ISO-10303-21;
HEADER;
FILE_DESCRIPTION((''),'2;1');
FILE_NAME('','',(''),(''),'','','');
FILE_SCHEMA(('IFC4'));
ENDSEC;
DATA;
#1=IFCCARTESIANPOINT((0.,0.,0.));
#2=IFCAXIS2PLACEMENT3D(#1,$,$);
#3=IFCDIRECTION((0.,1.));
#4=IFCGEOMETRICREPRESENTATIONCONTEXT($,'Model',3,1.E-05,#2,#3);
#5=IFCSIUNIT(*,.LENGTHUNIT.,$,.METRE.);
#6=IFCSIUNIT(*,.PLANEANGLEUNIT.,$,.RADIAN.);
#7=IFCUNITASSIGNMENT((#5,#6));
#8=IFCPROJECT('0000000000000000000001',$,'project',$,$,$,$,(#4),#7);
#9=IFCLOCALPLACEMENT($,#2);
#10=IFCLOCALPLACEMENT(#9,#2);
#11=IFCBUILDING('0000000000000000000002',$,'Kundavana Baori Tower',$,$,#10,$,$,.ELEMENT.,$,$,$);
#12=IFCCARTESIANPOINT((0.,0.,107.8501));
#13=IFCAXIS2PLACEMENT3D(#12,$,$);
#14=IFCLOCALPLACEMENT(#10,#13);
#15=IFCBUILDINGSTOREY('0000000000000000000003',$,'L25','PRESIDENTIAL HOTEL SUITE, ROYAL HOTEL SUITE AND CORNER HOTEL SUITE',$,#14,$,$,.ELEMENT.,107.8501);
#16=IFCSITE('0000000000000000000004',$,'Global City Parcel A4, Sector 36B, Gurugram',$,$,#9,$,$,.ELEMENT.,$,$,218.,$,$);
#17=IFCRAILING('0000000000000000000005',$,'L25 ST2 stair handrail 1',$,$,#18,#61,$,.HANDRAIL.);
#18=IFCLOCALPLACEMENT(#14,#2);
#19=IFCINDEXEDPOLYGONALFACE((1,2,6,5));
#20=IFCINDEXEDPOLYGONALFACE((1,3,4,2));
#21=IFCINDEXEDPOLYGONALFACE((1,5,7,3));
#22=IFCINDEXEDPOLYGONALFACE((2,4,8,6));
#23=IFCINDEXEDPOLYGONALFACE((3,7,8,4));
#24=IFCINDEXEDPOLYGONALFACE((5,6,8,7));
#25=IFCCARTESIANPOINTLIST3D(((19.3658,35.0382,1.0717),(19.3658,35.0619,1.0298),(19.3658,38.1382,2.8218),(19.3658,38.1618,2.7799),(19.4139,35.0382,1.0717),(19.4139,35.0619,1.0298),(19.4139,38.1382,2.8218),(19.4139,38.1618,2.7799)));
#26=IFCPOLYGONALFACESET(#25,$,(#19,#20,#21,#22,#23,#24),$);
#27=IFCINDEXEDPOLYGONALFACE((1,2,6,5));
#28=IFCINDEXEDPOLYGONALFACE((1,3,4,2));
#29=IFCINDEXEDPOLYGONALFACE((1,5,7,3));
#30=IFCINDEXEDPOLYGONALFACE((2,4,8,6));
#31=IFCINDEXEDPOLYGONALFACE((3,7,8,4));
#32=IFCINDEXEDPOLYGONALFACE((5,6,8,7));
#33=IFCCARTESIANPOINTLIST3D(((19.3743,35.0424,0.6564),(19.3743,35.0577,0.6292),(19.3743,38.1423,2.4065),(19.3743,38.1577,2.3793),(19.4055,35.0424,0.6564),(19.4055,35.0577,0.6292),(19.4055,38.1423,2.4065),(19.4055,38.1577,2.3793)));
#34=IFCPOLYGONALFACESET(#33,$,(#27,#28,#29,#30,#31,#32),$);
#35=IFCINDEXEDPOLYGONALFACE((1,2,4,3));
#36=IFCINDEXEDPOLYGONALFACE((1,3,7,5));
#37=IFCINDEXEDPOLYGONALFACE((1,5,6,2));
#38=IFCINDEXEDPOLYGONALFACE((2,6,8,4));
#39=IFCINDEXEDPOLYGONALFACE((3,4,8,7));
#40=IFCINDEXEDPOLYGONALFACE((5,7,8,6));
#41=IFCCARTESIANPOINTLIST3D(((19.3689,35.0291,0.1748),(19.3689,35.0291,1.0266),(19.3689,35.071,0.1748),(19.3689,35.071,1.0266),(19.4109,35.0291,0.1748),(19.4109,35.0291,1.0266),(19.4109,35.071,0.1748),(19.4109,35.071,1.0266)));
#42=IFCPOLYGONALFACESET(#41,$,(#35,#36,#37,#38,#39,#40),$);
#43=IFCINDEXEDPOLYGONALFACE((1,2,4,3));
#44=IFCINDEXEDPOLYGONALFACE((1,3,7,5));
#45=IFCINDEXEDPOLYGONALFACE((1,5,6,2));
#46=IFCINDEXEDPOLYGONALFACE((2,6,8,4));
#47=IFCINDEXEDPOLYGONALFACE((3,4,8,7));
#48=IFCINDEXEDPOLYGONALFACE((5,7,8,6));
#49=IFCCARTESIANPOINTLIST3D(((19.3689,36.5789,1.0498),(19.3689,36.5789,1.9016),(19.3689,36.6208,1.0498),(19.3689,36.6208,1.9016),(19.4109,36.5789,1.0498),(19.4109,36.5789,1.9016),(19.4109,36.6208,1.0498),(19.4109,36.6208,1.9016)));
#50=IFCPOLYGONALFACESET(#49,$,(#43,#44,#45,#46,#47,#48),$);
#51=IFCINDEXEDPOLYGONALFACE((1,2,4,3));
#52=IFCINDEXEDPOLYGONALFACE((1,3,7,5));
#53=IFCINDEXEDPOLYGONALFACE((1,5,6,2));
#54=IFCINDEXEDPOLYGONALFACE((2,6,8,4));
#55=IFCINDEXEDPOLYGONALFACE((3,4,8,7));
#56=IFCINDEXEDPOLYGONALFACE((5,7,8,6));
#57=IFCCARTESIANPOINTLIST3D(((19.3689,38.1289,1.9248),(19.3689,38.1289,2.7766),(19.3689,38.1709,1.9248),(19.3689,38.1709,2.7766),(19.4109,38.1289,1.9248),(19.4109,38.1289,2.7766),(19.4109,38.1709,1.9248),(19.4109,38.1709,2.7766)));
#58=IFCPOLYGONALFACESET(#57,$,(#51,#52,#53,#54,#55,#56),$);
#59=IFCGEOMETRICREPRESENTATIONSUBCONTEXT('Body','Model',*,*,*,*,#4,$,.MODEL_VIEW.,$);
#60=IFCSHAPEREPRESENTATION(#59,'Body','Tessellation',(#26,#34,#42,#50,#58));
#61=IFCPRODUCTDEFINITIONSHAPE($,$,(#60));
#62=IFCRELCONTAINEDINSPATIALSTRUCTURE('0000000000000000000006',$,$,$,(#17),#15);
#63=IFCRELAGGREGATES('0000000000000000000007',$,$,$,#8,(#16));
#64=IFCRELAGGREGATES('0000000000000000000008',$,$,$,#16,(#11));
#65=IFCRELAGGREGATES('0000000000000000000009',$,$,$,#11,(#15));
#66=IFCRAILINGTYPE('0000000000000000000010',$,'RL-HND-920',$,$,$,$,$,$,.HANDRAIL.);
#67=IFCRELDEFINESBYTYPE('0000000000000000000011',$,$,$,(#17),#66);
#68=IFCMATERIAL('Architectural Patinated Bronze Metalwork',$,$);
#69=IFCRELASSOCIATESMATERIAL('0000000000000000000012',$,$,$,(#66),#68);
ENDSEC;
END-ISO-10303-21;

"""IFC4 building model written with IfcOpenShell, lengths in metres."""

from ifc_helpers import new_model, si_unit, direction, frame, origin, origin_2d, place, context, subcontext, project, spatial, rectangle, extrude, material, type_object, element, save


model = new_model("IFC4")

# Units and contexts
model_context = context("Model", 3, precision=1e-05, world=origin(), true_north=direction((0.0, 1.0)))
body_context = subcontext(model_context, "Body", "Model", "MODEL_VIEW")
ifc_project = project(units=[si_unit("LENGTHUNIT", "METRE"), si_unit("PLANEANGLEUNIT", "RADIAN")], contexts=[model_context])

# Site, building, storey
site_placement = place(None, origin())
site = spatial("IfcSite", under=ifc_project, at=site_placement, Name="Global City Parcel A4, Sector 36B, Gurugram", CompositionType="ELEMENT", RefElevation=218.0)
building_placement = place(site_placement, origin())
building = spatial("IfcBuilding", under=site, at=building_placement, Name="Kundavana Baori Tower", CompositionType="ELEMENT")
storey_placement = place(building_placement, frame((0.0, 0.0, 107.8501)))
storey = spatial("IfcBuildingStorey", under=building, at=storey_placement, Name="L25", Description="PRESIDENTIAL HOTEL SUITE, ROYAL HOTEL SUITE AND CORNER HOTEL SUITE", CompositionType="ELEMENT", Elevation=107.8501)

# Railing
ifc_material_1 = material(Name="Architectural Patinated Bronze Metalwork")
railing_type_1 = type_object("IfcRailingType", Name="RL-HND-920", PredefinedType="HANDRAIL", material=ifc_material_1)
railing_1_placement = place(storey_placement, frame((19.3899, 35.05, 0.1748)))
element("IfcRailing", 1, at=railing_1_placement, inside=storey, type_object=railing_type_1, Name="L25 ST2 stair handrail 1", PredefinedType="HANDRAIL", context=body_context, shape_type="SweptSolid", body=[
    extrude(rectangle(XDim=0.0481, YDim=0.0481, at=origin_2d()), frame((0.0, 0.0, 0.876), z_axis=(0.0, 0.870814, 0.491612), x_axis=(-1.0, 0.0, 0.0)), (0.0, 0.0, 1.0), 3.5598),
    extrude(rectangle(XDim=0.0312, YDim=0.0312, at=origin_2d()), frame((0.0, 0.0, 0.468), z_axis=(0.0, 0.870814, 0.491612), x_axis=(-1.0, 0.0, 0.0)), (0.0, 0.0, 1.0), 3.5598),
    extrude(rectangle(XDim=0.042, YDim=0.042, at=origin_2d()), origin(), (0.0, 0.0, 1.0), 0.8518),
    extrude(rectangle(XDim=0.042, YDim=0.042, at=origin_2d()), frame((0.0, 1.5498, 0.875)), (0.0, 0.0, 1.0), 0.8518),
    extrude(rectangle(XDim=0.042, YDim=0.042, at=origin_2d()), frame((0.0, 3.0999, 1.75)), (0.0, 0.0, 1.0), 0.8518),
])

save(model, "model.ifc")
